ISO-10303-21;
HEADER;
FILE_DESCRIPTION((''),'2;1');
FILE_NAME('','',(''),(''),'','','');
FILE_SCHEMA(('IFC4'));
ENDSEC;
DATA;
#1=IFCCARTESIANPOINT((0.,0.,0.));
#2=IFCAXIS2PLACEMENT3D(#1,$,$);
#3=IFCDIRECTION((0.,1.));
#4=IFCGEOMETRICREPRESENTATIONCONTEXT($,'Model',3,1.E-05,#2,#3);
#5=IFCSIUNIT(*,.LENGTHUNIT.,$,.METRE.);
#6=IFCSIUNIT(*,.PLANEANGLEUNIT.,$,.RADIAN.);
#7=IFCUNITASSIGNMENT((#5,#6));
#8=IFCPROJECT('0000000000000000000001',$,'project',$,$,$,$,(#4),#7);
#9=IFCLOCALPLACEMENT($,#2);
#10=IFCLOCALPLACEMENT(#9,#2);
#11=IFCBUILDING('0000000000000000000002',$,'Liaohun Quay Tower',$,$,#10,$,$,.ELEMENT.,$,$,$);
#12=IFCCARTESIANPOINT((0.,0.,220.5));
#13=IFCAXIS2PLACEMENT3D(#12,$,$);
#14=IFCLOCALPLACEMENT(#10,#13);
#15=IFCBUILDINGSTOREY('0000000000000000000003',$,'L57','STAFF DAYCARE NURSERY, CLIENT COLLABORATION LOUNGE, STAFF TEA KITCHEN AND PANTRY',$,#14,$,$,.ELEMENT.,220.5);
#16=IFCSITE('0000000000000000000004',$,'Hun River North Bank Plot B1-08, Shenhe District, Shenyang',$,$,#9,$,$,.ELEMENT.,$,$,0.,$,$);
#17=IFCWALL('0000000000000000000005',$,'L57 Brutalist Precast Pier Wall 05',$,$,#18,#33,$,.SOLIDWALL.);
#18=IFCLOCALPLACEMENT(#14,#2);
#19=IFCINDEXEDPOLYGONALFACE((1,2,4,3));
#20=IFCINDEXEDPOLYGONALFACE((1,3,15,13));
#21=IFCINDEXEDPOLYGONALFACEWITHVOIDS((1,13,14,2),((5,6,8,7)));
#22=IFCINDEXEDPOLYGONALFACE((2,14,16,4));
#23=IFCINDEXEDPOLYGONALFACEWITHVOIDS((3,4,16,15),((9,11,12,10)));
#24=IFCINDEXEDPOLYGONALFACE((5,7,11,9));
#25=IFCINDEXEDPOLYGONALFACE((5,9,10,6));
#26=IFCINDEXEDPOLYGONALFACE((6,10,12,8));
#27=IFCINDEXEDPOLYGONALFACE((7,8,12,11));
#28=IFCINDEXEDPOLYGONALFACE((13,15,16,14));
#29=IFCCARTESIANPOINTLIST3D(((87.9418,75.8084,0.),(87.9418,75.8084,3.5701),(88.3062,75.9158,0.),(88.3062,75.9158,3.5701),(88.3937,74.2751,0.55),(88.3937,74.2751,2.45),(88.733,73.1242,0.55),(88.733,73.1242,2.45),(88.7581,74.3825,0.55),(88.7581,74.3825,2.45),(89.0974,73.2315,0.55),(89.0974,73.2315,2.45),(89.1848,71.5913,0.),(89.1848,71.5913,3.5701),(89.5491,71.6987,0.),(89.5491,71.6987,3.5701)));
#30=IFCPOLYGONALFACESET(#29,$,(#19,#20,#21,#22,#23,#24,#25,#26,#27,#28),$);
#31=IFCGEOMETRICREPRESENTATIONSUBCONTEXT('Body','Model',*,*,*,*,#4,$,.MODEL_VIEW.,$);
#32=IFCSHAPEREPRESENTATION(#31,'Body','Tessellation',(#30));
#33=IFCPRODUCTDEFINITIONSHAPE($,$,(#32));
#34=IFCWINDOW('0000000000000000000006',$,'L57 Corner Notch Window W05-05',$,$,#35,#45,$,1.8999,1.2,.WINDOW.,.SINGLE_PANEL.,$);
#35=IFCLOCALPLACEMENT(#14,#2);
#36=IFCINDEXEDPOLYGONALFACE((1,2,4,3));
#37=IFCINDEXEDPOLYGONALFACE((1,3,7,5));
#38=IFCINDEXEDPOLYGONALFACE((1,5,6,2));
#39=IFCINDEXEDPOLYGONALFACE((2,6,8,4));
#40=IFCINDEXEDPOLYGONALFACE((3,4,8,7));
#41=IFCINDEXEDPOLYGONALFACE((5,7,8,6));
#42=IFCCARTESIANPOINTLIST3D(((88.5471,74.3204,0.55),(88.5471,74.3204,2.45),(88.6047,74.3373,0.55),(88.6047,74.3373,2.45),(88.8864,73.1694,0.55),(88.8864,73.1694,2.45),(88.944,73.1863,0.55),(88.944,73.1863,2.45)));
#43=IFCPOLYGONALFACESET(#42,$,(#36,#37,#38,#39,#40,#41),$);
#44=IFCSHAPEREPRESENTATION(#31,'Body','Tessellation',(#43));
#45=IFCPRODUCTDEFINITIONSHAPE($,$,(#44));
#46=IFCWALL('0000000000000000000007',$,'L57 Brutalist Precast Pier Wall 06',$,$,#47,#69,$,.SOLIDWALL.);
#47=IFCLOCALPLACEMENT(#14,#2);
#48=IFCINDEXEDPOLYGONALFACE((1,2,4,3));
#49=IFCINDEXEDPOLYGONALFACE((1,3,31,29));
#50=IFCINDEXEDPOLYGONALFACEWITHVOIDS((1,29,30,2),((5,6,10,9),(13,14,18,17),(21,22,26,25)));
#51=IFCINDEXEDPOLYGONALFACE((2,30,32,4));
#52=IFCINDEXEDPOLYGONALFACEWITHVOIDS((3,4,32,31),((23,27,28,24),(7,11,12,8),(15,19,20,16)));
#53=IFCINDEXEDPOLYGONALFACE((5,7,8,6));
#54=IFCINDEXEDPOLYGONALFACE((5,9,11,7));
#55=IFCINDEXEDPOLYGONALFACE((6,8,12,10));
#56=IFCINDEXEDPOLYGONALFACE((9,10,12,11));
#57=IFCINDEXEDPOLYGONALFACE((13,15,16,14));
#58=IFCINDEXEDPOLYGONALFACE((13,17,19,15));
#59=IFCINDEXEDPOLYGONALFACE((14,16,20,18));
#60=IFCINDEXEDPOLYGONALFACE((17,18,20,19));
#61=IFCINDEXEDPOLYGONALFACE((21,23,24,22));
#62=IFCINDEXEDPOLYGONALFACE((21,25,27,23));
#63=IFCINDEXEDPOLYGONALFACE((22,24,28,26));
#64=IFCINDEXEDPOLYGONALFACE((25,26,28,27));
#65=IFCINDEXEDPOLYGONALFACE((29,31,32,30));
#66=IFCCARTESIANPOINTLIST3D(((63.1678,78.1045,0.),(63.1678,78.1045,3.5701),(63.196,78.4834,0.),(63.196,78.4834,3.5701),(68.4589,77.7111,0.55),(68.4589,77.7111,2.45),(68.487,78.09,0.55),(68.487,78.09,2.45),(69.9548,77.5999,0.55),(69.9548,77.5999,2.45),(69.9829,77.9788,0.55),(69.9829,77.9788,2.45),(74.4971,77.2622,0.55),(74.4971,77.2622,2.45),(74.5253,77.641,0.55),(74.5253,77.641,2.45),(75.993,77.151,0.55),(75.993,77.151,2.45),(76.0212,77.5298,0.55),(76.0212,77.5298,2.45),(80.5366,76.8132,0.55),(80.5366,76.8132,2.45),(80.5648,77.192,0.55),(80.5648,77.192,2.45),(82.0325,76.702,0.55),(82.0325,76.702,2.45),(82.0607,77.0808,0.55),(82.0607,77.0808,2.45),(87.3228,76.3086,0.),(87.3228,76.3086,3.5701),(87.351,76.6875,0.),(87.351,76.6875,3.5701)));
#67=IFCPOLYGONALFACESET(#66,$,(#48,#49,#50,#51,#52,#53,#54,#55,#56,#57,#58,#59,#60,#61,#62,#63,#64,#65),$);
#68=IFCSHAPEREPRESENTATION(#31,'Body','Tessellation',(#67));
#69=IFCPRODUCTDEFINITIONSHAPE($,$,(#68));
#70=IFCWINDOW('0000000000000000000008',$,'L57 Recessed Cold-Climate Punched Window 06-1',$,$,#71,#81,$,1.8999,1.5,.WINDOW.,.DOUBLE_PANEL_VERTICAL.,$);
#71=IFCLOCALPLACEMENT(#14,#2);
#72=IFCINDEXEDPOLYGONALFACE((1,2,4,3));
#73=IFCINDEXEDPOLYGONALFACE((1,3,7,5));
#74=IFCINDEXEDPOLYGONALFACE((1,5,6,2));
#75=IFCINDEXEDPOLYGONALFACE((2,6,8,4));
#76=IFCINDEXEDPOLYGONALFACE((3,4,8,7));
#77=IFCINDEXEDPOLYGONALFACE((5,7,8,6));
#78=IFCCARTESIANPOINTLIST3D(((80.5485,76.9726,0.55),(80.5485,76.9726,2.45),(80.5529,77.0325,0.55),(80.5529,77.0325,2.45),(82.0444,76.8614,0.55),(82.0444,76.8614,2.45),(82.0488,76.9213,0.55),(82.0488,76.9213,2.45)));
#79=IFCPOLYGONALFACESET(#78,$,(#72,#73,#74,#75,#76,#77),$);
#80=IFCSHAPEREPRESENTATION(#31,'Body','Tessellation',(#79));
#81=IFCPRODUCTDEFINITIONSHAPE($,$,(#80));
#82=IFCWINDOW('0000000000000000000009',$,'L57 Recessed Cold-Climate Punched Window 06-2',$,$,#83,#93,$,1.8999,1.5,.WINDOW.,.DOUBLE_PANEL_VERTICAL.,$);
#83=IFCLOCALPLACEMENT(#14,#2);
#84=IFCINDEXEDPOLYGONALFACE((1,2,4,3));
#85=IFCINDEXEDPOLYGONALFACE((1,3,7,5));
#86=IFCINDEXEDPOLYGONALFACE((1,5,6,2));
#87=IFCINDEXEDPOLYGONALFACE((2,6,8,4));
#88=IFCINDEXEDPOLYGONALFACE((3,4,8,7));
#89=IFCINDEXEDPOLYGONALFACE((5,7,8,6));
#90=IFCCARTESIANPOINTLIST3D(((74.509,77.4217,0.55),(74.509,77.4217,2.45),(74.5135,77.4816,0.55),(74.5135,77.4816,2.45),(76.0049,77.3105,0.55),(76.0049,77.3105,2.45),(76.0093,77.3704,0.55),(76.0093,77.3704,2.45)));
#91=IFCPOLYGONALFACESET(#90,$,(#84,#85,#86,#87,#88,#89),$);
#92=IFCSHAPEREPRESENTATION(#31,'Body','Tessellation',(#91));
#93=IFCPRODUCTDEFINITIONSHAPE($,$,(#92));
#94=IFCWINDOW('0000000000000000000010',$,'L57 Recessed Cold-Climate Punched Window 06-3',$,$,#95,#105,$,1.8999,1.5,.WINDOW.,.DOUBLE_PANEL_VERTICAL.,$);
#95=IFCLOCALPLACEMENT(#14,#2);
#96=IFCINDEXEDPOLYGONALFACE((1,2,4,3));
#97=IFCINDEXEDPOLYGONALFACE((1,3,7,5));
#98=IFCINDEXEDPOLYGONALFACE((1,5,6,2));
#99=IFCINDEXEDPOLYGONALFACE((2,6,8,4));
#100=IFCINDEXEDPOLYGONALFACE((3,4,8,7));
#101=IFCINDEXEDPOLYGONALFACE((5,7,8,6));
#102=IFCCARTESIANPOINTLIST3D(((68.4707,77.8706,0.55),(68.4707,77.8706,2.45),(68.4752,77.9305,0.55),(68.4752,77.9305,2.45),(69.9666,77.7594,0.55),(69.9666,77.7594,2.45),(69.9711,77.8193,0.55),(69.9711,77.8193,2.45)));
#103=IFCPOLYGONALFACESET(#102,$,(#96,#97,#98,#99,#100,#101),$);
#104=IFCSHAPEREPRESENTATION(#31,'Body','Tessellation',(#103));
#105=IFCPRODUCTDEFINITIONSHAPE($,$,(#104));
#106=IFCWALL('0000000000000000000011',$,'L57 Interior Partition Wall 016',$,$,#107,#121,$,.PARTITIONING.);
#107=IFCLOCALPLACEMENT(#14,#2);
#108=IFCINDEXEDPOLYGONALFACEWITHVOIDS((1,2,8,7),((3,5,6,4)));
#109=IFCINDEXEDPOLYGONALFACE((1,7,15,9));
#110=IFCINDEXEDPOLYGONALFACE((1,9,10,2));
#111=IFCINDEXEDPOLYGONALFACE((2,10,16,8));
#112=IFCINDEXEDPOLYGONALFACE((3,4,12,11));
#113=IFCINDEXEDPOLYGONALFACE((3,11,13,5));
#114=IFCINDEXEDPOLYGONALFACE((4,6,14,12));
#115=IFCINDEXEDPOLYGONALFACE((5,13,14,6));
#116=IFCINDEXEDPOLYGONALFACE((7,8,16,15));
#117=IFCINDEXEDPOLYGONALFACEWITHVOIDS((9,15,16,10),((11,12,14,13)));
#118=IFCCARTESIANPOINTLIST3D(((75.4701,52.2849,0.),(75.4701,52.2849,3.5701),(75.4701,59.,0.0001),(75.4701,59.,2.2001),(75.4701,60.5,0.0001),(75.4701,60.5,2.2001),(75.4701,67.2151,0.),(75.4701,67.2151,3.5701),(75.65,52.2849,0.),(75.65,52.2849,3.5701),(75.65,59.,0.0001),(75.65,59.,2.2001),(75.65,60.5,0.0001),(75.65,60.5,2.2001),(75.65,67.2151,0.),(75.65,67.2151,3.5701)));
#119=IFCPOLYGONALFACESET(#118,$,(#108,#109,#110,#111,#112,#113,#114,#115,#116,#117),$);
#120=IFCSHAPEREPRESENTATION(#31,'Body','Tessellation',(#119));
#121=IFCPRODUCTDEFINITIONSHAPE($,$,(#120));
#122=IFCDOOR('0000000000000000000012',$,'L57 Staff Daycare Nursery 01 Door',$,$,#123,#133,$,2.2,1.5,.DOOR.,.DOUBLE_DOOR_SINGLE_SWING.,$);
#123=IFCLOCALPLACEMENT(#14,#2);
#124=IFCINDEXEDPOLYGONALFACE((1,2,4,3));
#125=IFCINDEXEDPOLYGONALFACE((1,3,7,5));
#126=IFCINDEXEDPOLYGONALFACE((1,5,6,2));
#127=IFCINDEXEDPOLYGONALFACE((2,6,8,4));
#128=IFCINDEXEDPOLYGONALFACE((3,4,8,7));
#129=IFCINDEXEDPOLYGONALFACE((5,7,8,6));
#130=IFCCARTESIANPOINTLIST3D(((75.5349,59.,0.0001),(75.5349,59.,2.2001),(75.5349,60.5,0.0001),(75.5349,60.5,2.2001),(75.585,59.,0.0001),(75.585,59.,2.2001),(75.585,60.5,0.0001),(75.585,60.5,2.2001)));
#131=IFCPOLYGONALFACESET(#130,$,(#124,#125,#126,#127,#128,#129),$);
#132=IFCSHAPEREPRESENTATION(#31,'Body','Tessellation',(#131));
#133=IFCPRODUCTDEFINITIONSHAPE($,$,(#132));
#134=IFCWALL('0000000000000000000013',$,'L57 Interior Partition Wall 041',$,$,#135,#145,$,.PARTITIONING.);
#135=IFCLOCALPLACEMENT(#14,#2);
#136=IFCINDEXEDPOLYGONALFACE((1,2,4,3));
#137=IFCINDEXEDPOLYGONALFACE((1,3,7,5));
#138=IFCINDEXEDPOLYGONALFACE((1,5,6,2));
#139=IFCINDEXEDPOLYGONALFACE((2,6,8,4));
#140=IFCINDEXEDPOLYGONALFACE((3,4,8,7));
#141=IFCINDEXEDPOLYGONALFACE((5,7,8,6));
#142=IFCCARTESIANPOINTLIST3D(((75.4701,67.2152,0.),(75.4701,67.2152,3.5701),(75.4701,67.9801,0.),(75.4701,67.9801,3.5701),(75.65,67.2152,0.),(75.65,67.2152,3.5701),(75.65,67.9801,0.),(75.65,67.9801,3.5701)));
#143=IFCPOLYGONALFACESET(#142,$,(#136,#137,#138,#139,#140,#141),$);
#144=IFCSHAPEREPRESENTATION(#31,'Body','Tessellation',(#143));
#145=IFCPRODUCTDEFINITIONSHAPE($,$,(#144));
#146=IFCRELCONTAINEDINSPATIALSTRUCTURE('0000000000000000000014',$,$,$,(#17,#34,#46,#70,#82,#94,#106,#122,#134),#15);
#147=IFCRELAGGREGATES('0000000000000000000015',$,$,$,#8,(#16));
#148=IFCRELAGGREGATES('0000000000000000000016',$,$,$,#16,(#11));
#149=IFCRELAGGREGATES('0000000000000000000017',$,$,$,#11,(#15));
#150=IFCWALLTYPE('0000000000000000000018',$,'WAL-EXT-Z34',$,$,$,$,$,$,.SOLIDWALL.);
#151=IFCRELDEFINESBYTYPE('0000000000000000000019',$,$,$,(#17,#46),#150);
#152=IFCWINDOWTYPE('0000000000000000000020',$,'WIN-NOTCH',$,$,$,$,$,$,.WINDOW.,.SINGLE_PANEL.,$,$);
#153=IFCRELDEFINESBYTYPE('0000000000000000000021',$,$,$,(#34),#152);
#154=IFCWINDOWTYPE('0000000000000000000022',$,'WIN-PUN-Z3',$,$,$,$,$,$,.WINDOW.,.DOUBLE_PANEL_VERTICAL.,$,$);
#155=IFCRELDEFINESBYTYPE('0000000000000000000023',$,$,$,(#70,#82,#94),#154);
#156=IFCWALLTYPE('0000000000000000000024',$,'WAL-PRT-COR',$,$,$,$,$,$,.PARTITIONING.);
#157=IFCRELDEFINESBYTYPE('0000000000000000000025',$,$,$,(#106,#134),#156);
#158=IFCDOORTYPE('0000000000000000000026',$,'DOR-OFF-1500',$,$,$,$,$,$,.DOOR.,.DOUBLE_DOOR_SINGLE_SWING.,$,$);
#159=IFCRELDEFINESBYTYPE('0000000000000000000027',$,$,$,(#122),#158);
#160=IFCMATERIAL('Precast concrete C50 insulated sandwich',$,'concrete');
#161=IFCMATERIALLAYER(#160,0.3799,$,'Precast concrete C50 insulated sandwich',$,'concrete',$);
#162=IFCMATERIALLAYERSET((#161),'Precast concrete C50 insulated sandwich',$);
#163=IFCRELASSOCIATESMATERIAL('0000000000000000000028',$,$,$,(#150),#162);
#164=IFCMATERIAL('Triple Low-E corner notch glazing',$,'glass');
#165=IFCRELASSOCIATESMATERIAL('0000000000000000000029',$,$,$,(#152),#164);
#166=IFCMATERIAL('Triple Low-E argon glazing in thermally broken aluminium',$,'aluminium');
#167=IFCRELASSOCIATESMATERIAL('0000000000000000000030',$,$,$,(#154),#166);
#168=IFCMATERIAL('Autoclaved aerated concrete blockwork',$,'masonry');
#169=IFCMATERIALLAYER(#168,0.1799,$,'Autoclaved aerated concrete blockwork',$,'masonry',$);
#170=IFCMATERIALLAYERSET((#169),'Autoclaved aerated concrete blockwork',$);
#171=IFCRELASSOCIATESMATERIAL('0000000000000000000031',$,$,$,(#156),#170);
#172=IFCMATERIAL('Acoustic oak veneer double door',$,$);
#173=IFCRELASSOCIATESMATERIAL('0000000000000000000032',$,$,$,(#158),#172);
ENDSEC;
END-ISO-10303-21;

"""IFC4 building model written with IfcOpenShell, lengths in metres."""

from ifc_helpers import new_model, si_unit, direction, frame, frame_2d, origin, place, context, subcontext, project, spatial, rectangle, extrude, source, transform, mapped, material, layer, layer_set, type_object, element, fill, save


model = new_model("IFC4")

# Units and contexts
model_context = context("Model", 3, precision=1e-05, world=origin(), true_north=direction((0.0, 1.0)))
body_context = subcontext(model_context, "Body", "Model", "MODEL_VIEW")
ifc_project = project(units=[si_unit("LENGTHUNIT", "METRE"), si_unit("PLANEANGLEUNIT", "RADIAN")], contexts=[model_context])

# Site, building, storey
site_placement = place(None, origin())
site = spatial("IfcSite", under=ifc_project, at=site_placement, Name="Hun River North Bank Plot B1-08, Shenhe District, Shenyang", CompositionType="ELEMENT", RefElevation=0.0)
building_placement = place(site_placement, origin())
building = spatial("IfcBuilding", under=site, at=building_placement, Name="Liaohun Quay Tower", CompositionType="ELEMENT")
storey_placement = place(building_placement, frame((0.0, 0.0, 220.5)))
storey = spatial("IfcBuildingStorey", under=building, at=storey_placement, Name="L57", Description="STAFF DAYCARE NURSERY, CLIENT COLLABORATION LOUNGE, STAFF TEA KITCHEN AND PANTRY", CompositionType="ELEMENT", Elevation=220.5)

# Wall, opening, window
ifc_material_1 = material(Name="Precast concrete C50 insulated sandwich", Category="concrete")
ifc_layer_1 = layer(ifc_material_1, 0.3799, Name="Precast concrete C50 insulated sandwich", Category="concrete")
ifc_layer_set_1 = layer_set([ifc_layer_1], Name="Precast concrete C50 insulated sandwich")
wall_type_1 = type_object("IfcWallType", Name="WAL-EXT-Z34", PredefinedType="SOLIDWALL", material=ifc_layer_set_1)
shared_shape_1 = source(origin(), body_context, "Body", "SweptSolid", [
    extrude(rectangle(XDim=1.2, YDim=1.8999, at=frame_2d((0.6001, 0.95))), frame((0.0, 0.2, 0.0), z_axis=(0.0, -1.0, 0.0), x_axis=(1.0, 0.0, 0.0)), (0.0, 0.0, 1.0), 0.3999),
])
ifc_material_2 = material(Name="Triple Low-E corner notch glazing", Category="glass")
window_type_1 = type_object("IfcWindowType", Name="WIN-NOTCH", PartitioningType="SINGLE_PANEL", PredefinedType="WINDOW", material=ifc_material_2)
shared_shape_2 = source(origin(), body_context, "Body", "SweptSolid", [
    extrude(rectangle(XDim=1.2, YDim=1.8999, at=frame_2d((0.6001, 0.95))), frame((0.0, 0.03, 0.0), z_axis=(0.0, -1.0, 0.0), x_axis=(1.0, 0.0, 0.0)), (0.0, 0.0, 1.0), 0.0601),
])
wall_1_placement = place(storey_placement, frame((89.3669, 71.645, 0.0), z_axis=(0.0, 0.0, 1.0), x_axis=(-0.282713, 0.959204, 0.0)))
wall_1 = element("IfcWall", 1, at=wall_1_placement, inside=storey, type_object=wall_type_1, Name="L57 Brutalist Precast Pier Wall 05", PredefinedType="SOLIDWALL", context=body_context, shape_type="SweptSolid", body=[
    extrude(rectangle(XDim=4.3965, YDim=0.3799, at=frame_2d((2.1982, 0.0))), origin(), (0.0, 0.0, 1.0), 3.5701),
])
opening_1_placement = place(wall_1_placement, frame((1.5979, 0.0, 0.55)))
opening_1 = element("IfcOpeningElement", 2, at=opening_1_placement, cuts=wall_1, PredefinedType="OPENING", context=body_context, shape_type="MappedRepresentation", body=[
    mapped(shared_shape_1, transform((0.0, 0.0, 0.0), x_axis=(1.0, 0.0, 0.0), y_axis=(0.0, 1.0, 0.0), z_axis=(0.0, 0.0, 1.0), scale=1.0)),
])
window_1_placement = place(opening_1_placement, origin())
window_1 = element("IfcWindow", 3, at=window_1_placement, inside=storey, type_object=window_type_1, Name="L57 Corner Notch Window W05-05", OverallHeight=1.8999, OverallWidth=1.2, PartitioningType="SINGLE_PANEL", PredefinedType="WINDOW", context=body_context, shape_type="MappedRepresentation", body=[
    mapped(shared_shape_2, transform((0.0, 0.0, 0.0), x_axis=(1.0, 0.0, 0.0), y_axis=(0.0, 1.0, 0.0), z_axis=(0.0, 0.0, 1.0), scale=1.0)),
])
fill(opening_1, window_1)

# Wall, openings, windows
wall_2_placement = place(storey_placement, frame((87.3369, 76.498, 0.0), z_axis=(0.0, 0.0, 1.0), x_axis=(-0.997248, 0.074144, 0.0)))
wall_2 = element("IfcWall", 4, at=wall_2_placement, inside=storey, type_object=wall_type_1, Name="L57 Brutalist Precast Pier Wall 06", PredefinedType="SOLIDWALL", context=body_context, shape_type="SweptSolid", body=[
    extrude(rectangle(XDim=24.2217, YDim=0.3799, at=frame_2d((12.1108, 0.0))), origin(), (0.0, 0.0, 1.0), 3.5701),
])
shared_shape_3 = source(origin(), body_context, "Body", "SweptSolid", [
    extrude(rectangle(XDim=1.5, YDim=1.8999, at=frame_2d((0.75, 0.95))), frame((0.0, 0.2, 0.0), z_axis=(0.0, -1.0, 0.0), x_axis=(1.0, 0.0, 0.0)), (0.0, 0.0, 1.0), 0.3999),
])
opening_2_placement = place(wall_2_placement, frame((5.3049, 0.0, 0.55)))
opening_2 = element("IfcOpeningElement", 5, at=opening_2_placement, cuts=wall_2, PredefinedType="OPENING", context=body_context, shape_type="MappedRepresentation", body=[
    mapped(shared_shape_3, transform((0.0, 0.0, 0.0), x_axis=(1.0, 0.0, 0.0), y_axis=(0.0, 1.0, 0.0), z_axis=(0.0, 0.0, 1.0), scale=1.0)),
])
opening_3_placement = place(wall_2_placement, frame((11.3611, 0.0, 0.55)))
opening_3 = element("IfcOpeningElement", 6, at=opening_3_placement, cuts=wall_2, PredefinedType="OPENING", context=body_context, shape_type="MappedRepresentation", body=[
    mapped(shared_shape_3, transform((0.0, 0.0, 0.0), x_axis=(1.0, 0.0, 0.0), y_axis=(0.0, 1.0, 0.0), z_axis=(0.0, 0.0, 1.0), scale=1.0)),
])
opening_4_placement = place(wall_2_placement, frame((17.416, 0.0, 0.55)))
opening_4 = element("IfcOpeningElement", 7, at=opening_4_placement, cuts=wall_2, PredefinedType="OPENING", context=body_context, shape_type="MappedRepresentation", body=[
    mapped(shared_shape_3, transform((0.0, 0.0, 0.0), x_axis=(1.0, 0.0, 0.0), y_axis=(0.0, 1.0, 0.0), z_axis=(0.0, 0.0, 1.0), scale=1.0)),
])
ifc_material_3 = material(Name="Triple Low-E argon glazing in thermally broken aluminium", Category="aluminium")
window_type_2 = type_object("IfcWindowType", Name="WIN-PUN-Z3", PartitioningType="DOUBLE_PANEL_VERTICAL", PredefinedType="WINDOW", material=ifc_material_3)
shared_shape_4 = source(origin(), body_context, "Body", "SweptSolid", [
    extrude(rectangle(XDim=1.5, YDim=1.8999, at=frame_2d((0.75, 0.95))), frame((0.0, 0.03, 0.0), z_axis=(0.0, -1.0, 0.0), x_axis=(1.0, 0.0, 0.0)), (0.0, 0.0, 1.0), 0.0601),
])
window_2_placement = place(opening_2_placement, origin())
window_2 = element("IfcWindow", 8, at=window_2_placement, inside=storey, type_object=window_type_2, Name="L57 Recessed Cold-Climate Punched Window 06-1", OverallHeight=1.8999, OverallWidth=1.5, PartitioningType="DOUBLE_PANEL_VERTICAL", PredefinedType="WINDOW", context=body_context, shape_type="MappedRepresentation", body=[
    mapped(shared_shape_4, transform((0.0, 0.0, 0.0), x_axis=(1.0, 0.0, 0.0), y_axis=(0.0, 1.0, 0.0), z_axis=(0.0, 0.0, 1.0), scale=1.0)),
])
fill(opening_2, window_2)
window_3_placement = place(opening_3_placement, origin())
window_3 = element("IfcWindow", 9, at=window_3_placement, inside=storey, type_object=window_type_2, Name="L57 Recessed Cold-Climate Punched Window 06-2", OverallHeight=1.8999, OverallWidth=1.5, PartitioningType="DOUBLE_PANEL_VERTICAL", PredefinedType="WINDOW", context=body_context, shape_type="MappedRepresentation", body=[
    mapped(shared_shape_4, transform((0.0, 0.0, 0.0), x_axis=(1.0, 0.0, 0.0), y_axis=(0.0, 1.0, 0.0), z_axis=(0.0, 0.0, 1.0), scale=1.0)),
])
fill(opening_3, window_3)
window_4_placement = place(opening_4_placement, origin())
window_4 = element("IfcWindow", 10, at=window_4_placement, inside=storey, type_object=window_type_2, Name="L57 Recessed Cold-Climate Punched Window 06-3", OverallHeight=1.8999, OverallWidth=1.5, PartitioningType="DOUBLE_PANEL_VERTICAL", PredefinedType="WINDOW", context=body_context, shape_type="MappedRepresentation", body=[
    mapped(shared_shape_4, transform((0.0, 0.0, 0.0), x_axis=(1.0, 0.0, 0.0), y_axis=(0.0, 1.0, 0.0), z_axis=(0.0, 0.0, 1.0), scale=1.0)),
])
fill(opening_4, window_4)

# Wall, opening, door
ifc_material_4 = material(Name="Autoclaved aerated concrete blockwork", Category="masonry")
ifc_layer_2 = layer(ifc_material_4, 0.1799, Name="Autoclaved aerated concrete blockwork", Category="masonry")
ifc_layer_set_2 = layer_set([ifc_layer_2], Name="Autoclaved aerated concrete blockwork")
wall_type_2 = type_object("IfcWallType", Name="WAL-PRT-COR", PredefinedType="PARTITIONING", material=ifc_layer_set_2)
wall_3_placement = place(storey_placement, frame((75.5601, 67.2151, 0.0), z_axis=(0.0, 0.0, 1.0), x_axis=(0.0, -1.0, 0.0)))
wall_3 = element("IfcWall", 11, at=wall_3_placement, inside=storey, type_object=wall_type_2, Name="L57 Interior Partition Wall 016", PredefinedType="PARTITIONING", context=body_context, shape_type="SweptSolid", body=[
    extrude(rectangle(XDim=14.9302, YDim=0.1799, at=frame_2d((7.4651, 0.0))), origin(), (0.0, 0.0, 1.0), 3.5701),
])
shared_shape_5 = source(origin(), body_context, "Body", "SweptSolid", [
    extrude(rectangle(XDim=1.5, YDim=2.2, at=frame_2d((0.75, 1.1001))), frame((0.0, 0.0999, 0.0), z_axis=(0.0, -1.0, 0.0), x_axis=(1.0, 0.0, 0.0)), (0.0, 0.0, 1.0), 0.2),
])
opening_5_placement = place(wall_3_placement, frame((6.7151, 0.0, 0.0)))
opening_5 = element("IfcOpeningElement", 12, at=opening_5_placement, cuts=wall_3, PredefinedType="OPENING", context=body_context, shape_type="MappedRepresentation", body=[
    mapped(shared_shape_5, transform((0.0, 0.0, 0.0), x_axis=(1.0, 0.0, 0.0), y_axis=(0.0, 1.0, 0.0), z_axis=(0.0, 0.0, 1.0), scale=1.0)),
])
ifc_material_5 = material(Name="Acoustic oak veneer double door")
door_type = type_object("IfcDoorType", Name="DOR-OFF-1500", OperationType="DOUBLE_DOOR_SINGLE_SWING", PredefinedType="DOOR", material=ifc_material_5)
shared_shape_6 = source(origin(), body_context, "Body", "SweptSolid", [
    extrude(rectangle(XDim=1.5, YDim=2.2, at=frame_2d((0.75, 1.1001))), frame((0.0, 0.0249, 0.0), z_axis=(0.0, -1.0, 0.0), x_axis=(1.0, 0.0, 0.0)), (0.0, 0.0, 1.0), 0.05),
])
door_placement = place(opening_5_placement, origin())
door = element("IfcDoor", 13, at=door_placement, inside=storey, type_object=door_type, Name="L57 Staff Daycare Nursery 01 Door", OperationType="DOUBLE_DOOR_SINGLE_SWING", OverallHeight=2.2, OverallWidth=1.5, PredefinedType="DOOR", context=body_context, shape_type="MappedRepresentation", body=[
    mapped(shared_shape_6, transform((0.0, 0.0, 0.0), x_axis=(1.0, 0.0, 0.0), y_axis=(0.0, 1.0, 0.0), z_axis=(0.0, 0.0, 1.0), scale=1.0)),
])
fill(opening_5, door)

# Wall
wall_4_placement = place(storey_placement, frame((75.5601, 67.98, 0.0), z_axis=(0.0, 0.0, 1.0), x_axis=(0.0, -1.0, 0.0)))
element("IfcWall", 14, at=wall_4_placement, inside=storey, type_object=wall_type_2, Name="L57 Interior Partition Wall 041", PredefinedType="PARTITIONING", context=body_context, shape_type="SweptSolid", body=[
    extrude(rectangle(XDim=0.7649, YDim=0.1799, at=frame_2d((0.3823, 0.0))), origin(), (0.0, 0.0, 1.0), 3.5701),
])

save(model, "model.ifc")
